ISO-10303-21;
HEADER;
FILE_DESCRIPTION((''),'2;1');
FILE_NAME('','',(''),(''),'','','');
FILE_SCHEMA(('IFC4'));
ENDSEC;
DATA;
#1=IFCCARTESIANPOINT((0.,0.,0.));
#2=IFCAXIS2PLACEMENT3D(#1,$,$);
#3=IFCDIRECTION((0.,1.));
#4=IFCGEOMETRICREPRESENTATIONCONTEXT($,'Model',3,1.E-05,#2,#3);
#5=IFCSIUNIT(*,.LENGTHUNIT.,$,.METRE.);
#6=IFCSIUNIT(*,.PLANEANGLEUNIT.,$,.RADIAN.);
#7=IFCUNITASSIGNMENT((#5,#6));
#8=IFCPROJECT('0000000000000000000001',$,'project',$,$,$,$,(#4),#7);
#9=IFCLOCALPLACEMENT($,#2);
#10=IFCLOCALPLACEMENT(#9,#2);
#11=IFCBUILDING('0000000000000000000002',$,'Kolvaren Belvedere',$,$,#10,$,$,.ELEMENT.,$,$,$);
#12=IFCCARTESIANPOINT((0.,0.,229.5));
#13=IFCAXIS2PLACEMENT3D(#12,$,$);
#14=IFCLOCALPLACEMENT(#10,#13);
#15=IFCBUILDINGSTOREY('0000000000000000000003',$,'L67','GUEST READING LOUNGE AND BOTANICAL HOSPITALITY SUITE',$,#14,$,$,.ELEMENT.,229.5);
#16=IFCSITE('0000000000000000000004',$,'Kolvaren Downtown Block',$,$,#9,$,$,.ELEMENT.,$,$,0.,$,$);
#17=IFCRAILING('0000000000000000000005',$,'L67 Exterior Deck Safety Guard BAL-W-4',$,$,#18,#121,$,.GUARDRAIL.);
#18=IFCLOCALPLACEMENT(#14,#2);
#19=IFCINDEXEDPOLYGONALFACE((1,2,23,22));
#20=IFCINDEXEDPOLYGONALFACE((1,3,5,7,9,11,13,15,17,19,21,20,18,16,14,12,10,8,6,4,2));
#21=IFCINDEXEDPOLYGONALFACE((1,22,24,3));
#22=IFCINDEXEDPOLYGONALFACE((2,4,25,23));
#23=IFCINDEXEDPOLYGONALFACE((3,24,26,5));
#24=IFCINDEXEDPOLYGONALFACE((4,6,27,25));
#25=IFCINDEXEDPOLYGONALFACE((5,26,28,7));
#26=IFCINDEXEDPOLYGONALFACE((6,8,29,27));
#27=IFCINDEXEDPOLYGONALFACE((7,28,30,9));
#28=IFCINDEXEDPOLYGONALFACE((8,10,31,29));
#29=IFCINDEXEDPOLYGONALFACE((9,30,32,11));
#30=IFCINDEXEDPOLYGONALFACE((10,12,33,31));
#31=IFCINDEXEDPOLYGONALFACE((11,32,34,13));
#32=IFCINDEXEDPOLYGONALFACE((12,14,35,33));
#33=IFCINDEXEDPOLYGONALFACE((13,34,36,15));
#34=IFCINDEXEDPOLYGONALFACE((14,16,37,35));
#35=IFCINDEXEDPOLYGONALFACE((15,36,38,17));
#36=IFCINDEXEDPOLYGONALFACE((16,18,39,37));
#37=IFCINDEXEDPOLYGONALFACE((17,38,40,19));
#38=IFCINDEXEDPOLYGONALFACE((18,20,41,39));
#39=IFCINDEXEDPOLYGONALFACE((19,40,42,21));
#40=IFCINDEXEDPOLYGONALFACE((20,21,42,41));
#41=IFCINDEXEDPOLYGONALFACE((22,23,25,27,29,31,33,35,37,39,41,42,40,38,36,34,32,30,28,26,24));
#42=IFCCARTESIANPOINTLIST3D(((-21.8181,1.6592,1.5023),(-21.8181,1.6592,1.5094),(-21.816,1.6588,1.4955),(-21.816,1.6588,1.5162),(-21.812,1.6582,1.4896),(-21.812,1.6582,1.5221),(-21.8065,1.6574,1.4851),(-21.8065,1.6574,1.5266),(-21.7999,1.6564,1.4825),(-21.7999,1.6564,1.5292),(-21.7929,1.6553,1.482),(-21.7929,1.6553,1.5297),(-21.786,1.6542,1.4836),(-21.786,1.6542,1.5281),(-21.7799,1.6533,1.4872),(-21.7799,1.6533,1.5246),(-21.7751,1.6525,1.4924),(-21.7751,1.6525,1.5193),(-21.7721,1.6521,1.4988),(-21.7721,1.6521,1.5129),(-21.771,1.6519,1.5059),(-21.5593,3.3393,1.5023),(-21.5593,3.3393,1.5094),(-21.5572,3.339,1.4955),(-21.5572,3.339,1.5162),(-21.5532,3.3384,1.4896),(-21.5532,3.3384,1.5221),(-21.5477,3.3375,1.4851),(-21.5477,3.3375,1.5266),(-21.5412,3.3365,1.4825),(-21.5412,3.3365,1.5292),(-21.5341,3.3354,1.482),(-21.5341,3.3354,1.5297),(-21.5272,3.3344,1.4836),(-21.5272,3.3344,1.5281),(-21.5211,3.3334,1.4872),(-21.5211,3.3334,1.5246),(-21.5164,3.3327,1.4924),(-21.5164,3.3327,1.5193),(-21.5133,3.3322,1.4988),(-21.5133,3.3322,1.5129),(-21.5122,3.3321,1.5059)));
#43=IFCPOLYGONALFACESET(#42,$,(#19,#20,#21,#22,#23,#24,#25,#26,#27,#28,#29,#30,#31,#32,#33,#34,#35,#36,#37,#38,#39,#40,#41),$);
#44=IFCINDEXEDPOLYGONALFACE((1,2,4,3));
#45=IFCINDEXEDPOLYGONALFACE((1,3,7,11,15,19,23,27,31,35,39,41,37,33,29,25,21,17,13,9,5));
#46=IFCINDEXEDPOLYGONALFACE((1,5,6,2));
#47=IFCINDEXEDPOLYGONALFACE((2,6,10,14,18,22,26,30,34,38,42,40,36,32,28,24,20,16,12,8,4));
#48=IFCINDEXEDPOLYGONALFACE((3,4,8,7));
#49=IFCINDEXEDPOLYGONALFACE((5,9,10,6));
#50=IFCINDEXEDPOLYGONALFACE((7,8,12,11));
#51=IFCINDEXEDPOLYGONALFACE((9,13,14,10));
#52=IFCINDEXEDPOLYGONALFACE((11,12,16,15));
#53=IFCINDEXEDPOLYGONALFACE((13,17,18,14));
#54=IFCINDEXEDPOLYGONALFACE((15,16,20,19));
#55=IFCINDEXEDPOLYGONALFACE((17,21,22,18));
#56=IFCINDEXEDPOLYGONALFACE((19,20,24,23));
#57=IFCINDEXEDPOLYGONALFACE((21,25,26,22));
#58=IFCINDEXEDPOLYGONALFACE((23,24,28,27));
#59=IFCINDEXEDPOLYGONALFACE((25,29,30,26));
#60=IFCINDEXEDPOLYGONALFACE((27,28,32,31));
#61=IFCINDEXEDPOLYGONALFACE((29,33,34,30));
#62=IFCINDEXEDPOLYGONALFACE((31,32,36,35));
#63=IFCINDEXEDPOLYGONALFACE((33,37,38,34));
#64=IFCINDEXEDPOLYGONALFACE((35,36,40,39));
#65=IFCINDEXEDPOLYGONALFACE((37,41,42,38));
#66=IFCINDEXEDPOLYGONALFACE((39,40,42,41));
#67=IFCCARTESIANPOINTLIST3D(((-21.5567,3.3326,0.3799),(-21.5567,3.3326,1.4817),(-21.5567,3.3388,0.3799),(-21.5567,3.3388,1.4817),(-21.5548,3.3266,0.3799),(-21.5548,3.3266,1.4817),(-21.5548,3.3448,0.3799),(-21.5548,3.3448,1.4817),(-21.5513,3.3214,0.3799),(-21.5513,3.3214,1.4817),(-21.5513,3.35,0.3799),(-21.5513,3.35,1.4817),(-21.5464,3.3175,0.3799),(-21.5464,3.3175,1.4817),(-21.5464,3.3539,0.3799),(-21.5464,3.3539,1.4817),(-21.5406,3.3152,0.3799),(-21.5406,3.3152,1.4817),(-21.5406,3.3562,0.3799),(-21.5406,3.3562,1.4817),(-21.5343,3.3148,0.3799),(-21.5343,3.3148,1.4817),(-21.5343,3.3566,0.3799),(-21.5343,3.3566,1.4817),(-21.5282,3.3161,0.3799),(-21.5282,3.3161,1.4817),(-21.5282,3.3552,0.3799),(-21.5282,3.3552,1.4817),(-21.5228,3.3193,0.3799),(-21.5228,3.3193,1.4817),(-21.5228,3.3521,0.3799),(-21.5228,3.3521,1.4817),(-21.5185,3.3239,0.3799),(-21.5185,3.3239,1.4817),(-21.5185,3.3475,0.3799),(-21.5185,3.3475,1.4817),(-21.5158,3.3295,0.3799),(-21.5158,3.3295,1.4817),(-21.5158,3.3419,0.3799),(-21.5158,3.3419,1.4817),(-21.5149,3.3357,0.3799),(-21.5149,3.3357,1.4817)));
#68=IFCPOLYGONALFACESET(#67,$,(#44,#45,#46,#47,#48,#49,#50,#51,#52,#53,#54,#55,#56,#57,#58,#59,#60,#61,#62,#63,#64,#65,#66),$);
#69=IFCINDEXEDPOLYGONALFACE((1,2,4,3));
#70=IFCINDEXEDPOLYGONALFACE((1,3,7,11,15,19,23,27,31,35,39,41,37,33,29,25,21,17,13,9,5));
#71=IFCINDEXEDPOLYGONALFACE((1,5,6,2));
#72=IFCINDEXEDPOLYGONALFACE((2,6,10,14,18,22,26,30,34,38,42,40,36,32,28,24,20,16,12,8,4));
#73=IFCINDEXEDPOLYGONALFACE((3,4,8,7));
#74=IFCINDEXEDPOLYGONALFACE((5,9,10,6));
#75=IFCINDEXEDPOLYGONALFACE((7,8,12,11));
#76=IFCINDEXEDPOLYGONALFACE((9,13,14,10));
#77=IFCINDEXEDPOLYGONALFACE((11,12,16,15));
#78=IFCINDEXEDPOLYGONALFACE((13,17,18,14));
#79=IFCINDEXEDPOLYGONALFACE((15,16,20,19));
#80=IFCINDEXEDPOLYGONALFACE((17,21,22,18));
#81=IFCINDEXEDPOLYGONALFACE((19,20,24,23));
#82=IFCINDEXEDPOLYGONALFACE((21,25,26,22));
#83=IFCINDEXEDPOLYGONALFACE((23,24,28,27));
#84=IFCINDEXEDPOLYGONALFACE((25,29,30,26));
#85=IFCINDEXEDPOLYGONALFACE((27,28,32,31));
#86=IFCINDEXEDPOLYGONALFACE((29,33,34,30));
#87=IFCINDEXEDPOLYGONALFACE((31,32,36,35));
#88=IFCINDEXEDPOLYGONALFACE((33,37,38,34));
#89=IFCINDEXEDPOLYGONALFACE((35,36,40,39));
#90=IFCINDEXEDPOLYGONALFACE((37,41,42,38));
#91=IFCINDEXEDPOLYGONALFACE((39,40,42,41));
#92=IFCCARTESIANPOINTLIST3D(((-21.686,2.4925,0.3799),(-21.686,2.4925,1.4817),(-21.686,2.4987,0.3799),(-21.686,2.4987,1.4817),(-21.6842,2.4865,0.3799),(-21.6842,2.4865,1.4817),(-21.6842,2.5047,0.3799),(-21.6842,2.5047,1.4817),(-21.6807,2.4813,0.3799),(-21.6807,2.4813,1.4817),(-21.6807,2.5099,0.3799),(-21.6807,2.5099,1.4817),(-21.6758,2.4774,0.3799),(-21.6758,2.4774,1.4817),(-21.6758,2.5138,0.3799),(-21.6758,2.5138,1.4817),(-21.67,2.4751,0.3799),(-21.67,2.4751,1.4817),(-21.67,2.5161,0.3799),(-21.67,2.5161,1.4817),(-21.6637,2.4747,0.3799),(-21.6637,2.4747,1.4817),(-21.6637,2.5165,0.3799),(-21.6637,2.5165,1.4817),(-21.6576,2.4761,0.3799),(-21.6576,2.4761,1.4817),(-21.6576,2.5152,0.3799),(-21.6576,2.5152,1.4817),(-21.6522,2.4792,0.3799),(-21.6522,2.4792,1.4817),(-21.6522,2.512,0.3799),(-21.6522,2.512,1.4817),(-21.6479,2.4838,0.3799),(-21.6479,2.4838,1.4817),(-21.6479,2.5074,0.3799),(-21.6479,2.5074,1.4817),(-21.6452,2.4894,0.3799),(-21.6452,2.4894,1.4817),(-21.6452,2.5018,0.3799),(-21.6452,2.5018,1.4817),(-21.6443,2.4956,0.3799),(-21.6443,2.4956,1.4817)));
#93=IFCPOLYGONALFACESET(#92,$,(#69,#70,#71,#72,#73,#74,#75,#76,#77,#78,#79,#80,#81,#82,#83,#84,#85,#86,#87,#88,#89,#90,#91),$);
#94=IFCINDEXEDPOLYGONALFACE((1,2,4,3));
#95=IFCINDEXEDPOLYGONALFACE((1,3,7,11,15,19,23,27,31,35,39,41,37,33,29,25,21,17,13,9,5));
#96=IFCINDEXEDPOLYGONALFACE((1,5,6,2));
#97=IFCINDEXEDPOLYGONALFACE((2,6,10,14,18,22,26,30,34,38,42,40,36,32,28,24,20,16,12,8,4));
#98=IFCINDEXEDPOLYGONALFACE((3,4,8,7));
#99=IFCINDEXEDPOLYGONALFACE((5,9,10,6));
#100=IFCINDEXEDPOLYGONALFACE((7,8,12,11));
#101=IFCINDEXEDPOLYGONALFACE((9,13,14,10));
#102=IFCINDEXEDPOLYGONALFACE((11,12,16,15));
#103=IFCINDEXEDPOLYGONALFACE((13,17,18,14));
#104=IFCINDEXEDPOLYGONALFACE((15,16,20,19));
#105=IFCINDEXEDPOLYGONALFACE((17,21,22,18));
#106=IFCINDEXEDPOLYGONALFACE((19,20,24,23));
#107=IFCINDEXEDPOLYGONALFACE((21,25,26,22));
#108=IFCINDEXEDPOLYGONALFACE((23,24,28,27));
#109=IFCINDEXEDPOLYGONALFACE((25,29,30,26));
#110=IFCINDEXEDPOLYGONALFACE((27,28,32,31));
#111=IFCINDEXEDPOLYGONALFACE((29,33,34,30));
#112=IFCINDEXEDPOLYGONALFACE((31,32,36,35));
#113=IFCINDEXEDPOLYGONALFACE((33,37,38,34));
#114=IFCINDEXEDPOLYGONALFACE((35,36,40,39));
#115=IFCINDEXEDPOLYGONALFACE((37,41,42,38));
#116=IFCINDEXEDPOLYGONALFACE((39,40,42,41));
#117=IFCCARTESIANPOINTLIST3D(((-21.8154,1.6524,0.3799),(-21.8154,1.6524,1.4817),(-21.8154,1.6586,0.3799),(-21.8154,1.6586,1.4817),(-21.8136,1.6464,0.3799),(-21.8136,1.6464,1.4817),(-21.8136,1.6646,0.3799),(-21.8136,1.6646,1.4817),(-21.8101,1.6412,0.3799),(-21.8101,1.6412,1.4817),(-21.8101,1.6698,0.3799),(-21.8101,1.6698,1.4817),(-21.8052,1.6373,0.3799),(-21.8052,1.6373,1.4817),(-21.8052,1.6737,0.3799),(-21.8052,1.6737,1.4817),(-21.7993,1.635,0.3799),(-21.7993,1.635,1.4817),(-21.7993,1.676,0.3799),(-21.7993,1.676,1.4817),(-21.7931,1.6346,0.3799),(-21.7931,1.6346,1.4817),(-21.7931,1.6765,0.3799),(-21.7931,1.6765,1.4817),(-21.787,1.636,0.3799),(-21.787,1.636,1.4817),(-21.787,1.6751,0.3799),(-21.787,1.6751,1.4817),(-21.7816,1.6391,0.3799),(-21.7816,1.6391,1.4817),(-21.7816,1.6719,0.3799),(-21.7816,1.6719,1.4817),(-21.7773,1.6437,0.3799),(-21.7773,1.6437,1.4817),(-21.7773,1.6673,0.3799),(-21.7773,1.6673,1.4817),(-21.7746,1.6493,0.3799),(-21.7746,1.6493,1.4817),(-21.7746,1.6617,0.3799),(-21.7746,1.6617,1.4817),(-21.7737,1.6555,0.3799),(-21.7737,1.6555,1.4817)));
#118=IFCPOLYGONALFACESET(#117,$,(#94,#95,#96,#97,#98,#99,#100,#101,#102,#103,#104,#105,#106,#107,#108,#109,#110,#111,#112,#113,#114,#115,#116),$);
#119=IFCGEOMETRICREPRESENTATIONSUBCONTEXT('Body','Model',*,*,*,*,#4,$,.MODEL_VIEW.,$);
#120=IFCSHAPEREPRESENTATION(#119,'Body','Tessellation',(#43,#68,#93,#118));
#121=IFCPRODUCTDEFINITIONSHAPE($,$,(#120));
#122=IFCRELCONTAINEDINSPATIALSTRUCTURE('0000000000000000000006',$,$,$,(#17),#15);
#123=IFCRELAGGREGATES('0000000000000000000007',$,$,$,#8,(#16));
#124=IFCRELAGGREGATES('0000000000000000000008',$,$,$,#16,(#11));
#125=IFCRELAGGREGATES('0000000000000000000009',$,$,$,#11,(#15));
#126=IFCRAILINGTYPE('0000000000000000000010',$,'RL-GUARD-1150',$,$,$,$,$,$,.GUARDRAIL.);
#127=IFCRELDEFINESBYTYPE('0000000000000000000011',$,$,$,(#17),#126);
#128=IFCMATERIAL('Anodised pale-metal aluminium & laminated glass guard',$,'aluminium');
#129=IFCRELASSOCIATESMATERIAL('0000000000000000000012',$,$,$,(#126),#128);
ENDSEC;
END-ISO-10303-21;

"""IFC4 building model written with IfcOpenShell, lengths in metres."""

from ifc_helpers import new_model, si_unit, direction, frame, origin, origin_2d, place, context, subcontext, project, spatial, circle, extrude, material, type_object, element, save


model = new_model("IFC4")

# Units and contexts
model_context = context("Model", 3, precision=1e-05, world=origin(), true_north=direction((0.0, 1.0)))
body_context = subcontext(model_context, "Body", "Model", "MODEL_VIEW")
ifc_project = project(units=[si_unit("LENGTHUNIT", "METRE"), si_unit("PLANEANGLEUNIT", "RADIAN")], contexts=[model_context])

# Site, building, storey
site_placement = place(None, origin())
site = spatial("IfcSite", under=ifc_project, at=site_placement, Name="Kolvaren Downtown Block", CompositionType="ELEMENT", RefElevation=0.0)
building_placement = place(site_placement, origin())
building = spatial("IfcBuilding", under=site, at=building_placement, Name="Kolvaren Belvedere", CompositionType="ELEMENT")
storey_placement = place(building_placement, frame((0.0, 0.0, 229.5)))
storey = spatial("IfcBuildingStorey", under=building, at=storey_placement, Name="L67", Description="GUEST READING LOUNGE AND BOTANICAL HOSPITALITY SUITE", CompositionType="ELEMENT", Elevation=229.5)

# Railing
ifc_material_1 = material(Name="Anodised pale-metal aluminium & laminated glass guard", Category="aluminium")
railing_type = type_object("IfcRailingType", Name="RL-GUARD-1150", PredefinedType="GUARDRAIL", material=ifc_material_1)
railing_1_placement = place(storey_placement, frame((-21.5359, 3.3357, 0.3799)))
element("IfcRailing", 1, at=railing_1_placement, inside=storey, type_object=railing_type, Name="L67 Exterior Deck Safety Guard BAL-W-4", PredefinedType="GUARDRAIL", context=body_context, shape_type="SweptSolid", body=[
    extrude(circle(Radius=0.0239, at=origin_2d()), frame((0.0, 0.0, 1.126), z_axis=(-0.15223, -0.988345, 0.0), x_axis=(0.988345, -0.15223, 0.0)), (0.0, 0.0, 1.0), 1.7),
    extrude(circle(Radius=0.021, at=origin_2d()), origin(), (0.0, 0.0, 1.0), 1.1018),
    extrude(circle(Radius=0.021, at=origin_2d()), frame((-0.1294, -0.8401, 0.0)), (0.0, 0.0, 1.0), 1.1018),
    extrude(circle(Radius=0.021, at=origin_2d()), frame((-0.2588, -1.6802, 0.0)), (0.0, 0.0, 1.0), 1.1018),
])

save(model, "model.ifc")
